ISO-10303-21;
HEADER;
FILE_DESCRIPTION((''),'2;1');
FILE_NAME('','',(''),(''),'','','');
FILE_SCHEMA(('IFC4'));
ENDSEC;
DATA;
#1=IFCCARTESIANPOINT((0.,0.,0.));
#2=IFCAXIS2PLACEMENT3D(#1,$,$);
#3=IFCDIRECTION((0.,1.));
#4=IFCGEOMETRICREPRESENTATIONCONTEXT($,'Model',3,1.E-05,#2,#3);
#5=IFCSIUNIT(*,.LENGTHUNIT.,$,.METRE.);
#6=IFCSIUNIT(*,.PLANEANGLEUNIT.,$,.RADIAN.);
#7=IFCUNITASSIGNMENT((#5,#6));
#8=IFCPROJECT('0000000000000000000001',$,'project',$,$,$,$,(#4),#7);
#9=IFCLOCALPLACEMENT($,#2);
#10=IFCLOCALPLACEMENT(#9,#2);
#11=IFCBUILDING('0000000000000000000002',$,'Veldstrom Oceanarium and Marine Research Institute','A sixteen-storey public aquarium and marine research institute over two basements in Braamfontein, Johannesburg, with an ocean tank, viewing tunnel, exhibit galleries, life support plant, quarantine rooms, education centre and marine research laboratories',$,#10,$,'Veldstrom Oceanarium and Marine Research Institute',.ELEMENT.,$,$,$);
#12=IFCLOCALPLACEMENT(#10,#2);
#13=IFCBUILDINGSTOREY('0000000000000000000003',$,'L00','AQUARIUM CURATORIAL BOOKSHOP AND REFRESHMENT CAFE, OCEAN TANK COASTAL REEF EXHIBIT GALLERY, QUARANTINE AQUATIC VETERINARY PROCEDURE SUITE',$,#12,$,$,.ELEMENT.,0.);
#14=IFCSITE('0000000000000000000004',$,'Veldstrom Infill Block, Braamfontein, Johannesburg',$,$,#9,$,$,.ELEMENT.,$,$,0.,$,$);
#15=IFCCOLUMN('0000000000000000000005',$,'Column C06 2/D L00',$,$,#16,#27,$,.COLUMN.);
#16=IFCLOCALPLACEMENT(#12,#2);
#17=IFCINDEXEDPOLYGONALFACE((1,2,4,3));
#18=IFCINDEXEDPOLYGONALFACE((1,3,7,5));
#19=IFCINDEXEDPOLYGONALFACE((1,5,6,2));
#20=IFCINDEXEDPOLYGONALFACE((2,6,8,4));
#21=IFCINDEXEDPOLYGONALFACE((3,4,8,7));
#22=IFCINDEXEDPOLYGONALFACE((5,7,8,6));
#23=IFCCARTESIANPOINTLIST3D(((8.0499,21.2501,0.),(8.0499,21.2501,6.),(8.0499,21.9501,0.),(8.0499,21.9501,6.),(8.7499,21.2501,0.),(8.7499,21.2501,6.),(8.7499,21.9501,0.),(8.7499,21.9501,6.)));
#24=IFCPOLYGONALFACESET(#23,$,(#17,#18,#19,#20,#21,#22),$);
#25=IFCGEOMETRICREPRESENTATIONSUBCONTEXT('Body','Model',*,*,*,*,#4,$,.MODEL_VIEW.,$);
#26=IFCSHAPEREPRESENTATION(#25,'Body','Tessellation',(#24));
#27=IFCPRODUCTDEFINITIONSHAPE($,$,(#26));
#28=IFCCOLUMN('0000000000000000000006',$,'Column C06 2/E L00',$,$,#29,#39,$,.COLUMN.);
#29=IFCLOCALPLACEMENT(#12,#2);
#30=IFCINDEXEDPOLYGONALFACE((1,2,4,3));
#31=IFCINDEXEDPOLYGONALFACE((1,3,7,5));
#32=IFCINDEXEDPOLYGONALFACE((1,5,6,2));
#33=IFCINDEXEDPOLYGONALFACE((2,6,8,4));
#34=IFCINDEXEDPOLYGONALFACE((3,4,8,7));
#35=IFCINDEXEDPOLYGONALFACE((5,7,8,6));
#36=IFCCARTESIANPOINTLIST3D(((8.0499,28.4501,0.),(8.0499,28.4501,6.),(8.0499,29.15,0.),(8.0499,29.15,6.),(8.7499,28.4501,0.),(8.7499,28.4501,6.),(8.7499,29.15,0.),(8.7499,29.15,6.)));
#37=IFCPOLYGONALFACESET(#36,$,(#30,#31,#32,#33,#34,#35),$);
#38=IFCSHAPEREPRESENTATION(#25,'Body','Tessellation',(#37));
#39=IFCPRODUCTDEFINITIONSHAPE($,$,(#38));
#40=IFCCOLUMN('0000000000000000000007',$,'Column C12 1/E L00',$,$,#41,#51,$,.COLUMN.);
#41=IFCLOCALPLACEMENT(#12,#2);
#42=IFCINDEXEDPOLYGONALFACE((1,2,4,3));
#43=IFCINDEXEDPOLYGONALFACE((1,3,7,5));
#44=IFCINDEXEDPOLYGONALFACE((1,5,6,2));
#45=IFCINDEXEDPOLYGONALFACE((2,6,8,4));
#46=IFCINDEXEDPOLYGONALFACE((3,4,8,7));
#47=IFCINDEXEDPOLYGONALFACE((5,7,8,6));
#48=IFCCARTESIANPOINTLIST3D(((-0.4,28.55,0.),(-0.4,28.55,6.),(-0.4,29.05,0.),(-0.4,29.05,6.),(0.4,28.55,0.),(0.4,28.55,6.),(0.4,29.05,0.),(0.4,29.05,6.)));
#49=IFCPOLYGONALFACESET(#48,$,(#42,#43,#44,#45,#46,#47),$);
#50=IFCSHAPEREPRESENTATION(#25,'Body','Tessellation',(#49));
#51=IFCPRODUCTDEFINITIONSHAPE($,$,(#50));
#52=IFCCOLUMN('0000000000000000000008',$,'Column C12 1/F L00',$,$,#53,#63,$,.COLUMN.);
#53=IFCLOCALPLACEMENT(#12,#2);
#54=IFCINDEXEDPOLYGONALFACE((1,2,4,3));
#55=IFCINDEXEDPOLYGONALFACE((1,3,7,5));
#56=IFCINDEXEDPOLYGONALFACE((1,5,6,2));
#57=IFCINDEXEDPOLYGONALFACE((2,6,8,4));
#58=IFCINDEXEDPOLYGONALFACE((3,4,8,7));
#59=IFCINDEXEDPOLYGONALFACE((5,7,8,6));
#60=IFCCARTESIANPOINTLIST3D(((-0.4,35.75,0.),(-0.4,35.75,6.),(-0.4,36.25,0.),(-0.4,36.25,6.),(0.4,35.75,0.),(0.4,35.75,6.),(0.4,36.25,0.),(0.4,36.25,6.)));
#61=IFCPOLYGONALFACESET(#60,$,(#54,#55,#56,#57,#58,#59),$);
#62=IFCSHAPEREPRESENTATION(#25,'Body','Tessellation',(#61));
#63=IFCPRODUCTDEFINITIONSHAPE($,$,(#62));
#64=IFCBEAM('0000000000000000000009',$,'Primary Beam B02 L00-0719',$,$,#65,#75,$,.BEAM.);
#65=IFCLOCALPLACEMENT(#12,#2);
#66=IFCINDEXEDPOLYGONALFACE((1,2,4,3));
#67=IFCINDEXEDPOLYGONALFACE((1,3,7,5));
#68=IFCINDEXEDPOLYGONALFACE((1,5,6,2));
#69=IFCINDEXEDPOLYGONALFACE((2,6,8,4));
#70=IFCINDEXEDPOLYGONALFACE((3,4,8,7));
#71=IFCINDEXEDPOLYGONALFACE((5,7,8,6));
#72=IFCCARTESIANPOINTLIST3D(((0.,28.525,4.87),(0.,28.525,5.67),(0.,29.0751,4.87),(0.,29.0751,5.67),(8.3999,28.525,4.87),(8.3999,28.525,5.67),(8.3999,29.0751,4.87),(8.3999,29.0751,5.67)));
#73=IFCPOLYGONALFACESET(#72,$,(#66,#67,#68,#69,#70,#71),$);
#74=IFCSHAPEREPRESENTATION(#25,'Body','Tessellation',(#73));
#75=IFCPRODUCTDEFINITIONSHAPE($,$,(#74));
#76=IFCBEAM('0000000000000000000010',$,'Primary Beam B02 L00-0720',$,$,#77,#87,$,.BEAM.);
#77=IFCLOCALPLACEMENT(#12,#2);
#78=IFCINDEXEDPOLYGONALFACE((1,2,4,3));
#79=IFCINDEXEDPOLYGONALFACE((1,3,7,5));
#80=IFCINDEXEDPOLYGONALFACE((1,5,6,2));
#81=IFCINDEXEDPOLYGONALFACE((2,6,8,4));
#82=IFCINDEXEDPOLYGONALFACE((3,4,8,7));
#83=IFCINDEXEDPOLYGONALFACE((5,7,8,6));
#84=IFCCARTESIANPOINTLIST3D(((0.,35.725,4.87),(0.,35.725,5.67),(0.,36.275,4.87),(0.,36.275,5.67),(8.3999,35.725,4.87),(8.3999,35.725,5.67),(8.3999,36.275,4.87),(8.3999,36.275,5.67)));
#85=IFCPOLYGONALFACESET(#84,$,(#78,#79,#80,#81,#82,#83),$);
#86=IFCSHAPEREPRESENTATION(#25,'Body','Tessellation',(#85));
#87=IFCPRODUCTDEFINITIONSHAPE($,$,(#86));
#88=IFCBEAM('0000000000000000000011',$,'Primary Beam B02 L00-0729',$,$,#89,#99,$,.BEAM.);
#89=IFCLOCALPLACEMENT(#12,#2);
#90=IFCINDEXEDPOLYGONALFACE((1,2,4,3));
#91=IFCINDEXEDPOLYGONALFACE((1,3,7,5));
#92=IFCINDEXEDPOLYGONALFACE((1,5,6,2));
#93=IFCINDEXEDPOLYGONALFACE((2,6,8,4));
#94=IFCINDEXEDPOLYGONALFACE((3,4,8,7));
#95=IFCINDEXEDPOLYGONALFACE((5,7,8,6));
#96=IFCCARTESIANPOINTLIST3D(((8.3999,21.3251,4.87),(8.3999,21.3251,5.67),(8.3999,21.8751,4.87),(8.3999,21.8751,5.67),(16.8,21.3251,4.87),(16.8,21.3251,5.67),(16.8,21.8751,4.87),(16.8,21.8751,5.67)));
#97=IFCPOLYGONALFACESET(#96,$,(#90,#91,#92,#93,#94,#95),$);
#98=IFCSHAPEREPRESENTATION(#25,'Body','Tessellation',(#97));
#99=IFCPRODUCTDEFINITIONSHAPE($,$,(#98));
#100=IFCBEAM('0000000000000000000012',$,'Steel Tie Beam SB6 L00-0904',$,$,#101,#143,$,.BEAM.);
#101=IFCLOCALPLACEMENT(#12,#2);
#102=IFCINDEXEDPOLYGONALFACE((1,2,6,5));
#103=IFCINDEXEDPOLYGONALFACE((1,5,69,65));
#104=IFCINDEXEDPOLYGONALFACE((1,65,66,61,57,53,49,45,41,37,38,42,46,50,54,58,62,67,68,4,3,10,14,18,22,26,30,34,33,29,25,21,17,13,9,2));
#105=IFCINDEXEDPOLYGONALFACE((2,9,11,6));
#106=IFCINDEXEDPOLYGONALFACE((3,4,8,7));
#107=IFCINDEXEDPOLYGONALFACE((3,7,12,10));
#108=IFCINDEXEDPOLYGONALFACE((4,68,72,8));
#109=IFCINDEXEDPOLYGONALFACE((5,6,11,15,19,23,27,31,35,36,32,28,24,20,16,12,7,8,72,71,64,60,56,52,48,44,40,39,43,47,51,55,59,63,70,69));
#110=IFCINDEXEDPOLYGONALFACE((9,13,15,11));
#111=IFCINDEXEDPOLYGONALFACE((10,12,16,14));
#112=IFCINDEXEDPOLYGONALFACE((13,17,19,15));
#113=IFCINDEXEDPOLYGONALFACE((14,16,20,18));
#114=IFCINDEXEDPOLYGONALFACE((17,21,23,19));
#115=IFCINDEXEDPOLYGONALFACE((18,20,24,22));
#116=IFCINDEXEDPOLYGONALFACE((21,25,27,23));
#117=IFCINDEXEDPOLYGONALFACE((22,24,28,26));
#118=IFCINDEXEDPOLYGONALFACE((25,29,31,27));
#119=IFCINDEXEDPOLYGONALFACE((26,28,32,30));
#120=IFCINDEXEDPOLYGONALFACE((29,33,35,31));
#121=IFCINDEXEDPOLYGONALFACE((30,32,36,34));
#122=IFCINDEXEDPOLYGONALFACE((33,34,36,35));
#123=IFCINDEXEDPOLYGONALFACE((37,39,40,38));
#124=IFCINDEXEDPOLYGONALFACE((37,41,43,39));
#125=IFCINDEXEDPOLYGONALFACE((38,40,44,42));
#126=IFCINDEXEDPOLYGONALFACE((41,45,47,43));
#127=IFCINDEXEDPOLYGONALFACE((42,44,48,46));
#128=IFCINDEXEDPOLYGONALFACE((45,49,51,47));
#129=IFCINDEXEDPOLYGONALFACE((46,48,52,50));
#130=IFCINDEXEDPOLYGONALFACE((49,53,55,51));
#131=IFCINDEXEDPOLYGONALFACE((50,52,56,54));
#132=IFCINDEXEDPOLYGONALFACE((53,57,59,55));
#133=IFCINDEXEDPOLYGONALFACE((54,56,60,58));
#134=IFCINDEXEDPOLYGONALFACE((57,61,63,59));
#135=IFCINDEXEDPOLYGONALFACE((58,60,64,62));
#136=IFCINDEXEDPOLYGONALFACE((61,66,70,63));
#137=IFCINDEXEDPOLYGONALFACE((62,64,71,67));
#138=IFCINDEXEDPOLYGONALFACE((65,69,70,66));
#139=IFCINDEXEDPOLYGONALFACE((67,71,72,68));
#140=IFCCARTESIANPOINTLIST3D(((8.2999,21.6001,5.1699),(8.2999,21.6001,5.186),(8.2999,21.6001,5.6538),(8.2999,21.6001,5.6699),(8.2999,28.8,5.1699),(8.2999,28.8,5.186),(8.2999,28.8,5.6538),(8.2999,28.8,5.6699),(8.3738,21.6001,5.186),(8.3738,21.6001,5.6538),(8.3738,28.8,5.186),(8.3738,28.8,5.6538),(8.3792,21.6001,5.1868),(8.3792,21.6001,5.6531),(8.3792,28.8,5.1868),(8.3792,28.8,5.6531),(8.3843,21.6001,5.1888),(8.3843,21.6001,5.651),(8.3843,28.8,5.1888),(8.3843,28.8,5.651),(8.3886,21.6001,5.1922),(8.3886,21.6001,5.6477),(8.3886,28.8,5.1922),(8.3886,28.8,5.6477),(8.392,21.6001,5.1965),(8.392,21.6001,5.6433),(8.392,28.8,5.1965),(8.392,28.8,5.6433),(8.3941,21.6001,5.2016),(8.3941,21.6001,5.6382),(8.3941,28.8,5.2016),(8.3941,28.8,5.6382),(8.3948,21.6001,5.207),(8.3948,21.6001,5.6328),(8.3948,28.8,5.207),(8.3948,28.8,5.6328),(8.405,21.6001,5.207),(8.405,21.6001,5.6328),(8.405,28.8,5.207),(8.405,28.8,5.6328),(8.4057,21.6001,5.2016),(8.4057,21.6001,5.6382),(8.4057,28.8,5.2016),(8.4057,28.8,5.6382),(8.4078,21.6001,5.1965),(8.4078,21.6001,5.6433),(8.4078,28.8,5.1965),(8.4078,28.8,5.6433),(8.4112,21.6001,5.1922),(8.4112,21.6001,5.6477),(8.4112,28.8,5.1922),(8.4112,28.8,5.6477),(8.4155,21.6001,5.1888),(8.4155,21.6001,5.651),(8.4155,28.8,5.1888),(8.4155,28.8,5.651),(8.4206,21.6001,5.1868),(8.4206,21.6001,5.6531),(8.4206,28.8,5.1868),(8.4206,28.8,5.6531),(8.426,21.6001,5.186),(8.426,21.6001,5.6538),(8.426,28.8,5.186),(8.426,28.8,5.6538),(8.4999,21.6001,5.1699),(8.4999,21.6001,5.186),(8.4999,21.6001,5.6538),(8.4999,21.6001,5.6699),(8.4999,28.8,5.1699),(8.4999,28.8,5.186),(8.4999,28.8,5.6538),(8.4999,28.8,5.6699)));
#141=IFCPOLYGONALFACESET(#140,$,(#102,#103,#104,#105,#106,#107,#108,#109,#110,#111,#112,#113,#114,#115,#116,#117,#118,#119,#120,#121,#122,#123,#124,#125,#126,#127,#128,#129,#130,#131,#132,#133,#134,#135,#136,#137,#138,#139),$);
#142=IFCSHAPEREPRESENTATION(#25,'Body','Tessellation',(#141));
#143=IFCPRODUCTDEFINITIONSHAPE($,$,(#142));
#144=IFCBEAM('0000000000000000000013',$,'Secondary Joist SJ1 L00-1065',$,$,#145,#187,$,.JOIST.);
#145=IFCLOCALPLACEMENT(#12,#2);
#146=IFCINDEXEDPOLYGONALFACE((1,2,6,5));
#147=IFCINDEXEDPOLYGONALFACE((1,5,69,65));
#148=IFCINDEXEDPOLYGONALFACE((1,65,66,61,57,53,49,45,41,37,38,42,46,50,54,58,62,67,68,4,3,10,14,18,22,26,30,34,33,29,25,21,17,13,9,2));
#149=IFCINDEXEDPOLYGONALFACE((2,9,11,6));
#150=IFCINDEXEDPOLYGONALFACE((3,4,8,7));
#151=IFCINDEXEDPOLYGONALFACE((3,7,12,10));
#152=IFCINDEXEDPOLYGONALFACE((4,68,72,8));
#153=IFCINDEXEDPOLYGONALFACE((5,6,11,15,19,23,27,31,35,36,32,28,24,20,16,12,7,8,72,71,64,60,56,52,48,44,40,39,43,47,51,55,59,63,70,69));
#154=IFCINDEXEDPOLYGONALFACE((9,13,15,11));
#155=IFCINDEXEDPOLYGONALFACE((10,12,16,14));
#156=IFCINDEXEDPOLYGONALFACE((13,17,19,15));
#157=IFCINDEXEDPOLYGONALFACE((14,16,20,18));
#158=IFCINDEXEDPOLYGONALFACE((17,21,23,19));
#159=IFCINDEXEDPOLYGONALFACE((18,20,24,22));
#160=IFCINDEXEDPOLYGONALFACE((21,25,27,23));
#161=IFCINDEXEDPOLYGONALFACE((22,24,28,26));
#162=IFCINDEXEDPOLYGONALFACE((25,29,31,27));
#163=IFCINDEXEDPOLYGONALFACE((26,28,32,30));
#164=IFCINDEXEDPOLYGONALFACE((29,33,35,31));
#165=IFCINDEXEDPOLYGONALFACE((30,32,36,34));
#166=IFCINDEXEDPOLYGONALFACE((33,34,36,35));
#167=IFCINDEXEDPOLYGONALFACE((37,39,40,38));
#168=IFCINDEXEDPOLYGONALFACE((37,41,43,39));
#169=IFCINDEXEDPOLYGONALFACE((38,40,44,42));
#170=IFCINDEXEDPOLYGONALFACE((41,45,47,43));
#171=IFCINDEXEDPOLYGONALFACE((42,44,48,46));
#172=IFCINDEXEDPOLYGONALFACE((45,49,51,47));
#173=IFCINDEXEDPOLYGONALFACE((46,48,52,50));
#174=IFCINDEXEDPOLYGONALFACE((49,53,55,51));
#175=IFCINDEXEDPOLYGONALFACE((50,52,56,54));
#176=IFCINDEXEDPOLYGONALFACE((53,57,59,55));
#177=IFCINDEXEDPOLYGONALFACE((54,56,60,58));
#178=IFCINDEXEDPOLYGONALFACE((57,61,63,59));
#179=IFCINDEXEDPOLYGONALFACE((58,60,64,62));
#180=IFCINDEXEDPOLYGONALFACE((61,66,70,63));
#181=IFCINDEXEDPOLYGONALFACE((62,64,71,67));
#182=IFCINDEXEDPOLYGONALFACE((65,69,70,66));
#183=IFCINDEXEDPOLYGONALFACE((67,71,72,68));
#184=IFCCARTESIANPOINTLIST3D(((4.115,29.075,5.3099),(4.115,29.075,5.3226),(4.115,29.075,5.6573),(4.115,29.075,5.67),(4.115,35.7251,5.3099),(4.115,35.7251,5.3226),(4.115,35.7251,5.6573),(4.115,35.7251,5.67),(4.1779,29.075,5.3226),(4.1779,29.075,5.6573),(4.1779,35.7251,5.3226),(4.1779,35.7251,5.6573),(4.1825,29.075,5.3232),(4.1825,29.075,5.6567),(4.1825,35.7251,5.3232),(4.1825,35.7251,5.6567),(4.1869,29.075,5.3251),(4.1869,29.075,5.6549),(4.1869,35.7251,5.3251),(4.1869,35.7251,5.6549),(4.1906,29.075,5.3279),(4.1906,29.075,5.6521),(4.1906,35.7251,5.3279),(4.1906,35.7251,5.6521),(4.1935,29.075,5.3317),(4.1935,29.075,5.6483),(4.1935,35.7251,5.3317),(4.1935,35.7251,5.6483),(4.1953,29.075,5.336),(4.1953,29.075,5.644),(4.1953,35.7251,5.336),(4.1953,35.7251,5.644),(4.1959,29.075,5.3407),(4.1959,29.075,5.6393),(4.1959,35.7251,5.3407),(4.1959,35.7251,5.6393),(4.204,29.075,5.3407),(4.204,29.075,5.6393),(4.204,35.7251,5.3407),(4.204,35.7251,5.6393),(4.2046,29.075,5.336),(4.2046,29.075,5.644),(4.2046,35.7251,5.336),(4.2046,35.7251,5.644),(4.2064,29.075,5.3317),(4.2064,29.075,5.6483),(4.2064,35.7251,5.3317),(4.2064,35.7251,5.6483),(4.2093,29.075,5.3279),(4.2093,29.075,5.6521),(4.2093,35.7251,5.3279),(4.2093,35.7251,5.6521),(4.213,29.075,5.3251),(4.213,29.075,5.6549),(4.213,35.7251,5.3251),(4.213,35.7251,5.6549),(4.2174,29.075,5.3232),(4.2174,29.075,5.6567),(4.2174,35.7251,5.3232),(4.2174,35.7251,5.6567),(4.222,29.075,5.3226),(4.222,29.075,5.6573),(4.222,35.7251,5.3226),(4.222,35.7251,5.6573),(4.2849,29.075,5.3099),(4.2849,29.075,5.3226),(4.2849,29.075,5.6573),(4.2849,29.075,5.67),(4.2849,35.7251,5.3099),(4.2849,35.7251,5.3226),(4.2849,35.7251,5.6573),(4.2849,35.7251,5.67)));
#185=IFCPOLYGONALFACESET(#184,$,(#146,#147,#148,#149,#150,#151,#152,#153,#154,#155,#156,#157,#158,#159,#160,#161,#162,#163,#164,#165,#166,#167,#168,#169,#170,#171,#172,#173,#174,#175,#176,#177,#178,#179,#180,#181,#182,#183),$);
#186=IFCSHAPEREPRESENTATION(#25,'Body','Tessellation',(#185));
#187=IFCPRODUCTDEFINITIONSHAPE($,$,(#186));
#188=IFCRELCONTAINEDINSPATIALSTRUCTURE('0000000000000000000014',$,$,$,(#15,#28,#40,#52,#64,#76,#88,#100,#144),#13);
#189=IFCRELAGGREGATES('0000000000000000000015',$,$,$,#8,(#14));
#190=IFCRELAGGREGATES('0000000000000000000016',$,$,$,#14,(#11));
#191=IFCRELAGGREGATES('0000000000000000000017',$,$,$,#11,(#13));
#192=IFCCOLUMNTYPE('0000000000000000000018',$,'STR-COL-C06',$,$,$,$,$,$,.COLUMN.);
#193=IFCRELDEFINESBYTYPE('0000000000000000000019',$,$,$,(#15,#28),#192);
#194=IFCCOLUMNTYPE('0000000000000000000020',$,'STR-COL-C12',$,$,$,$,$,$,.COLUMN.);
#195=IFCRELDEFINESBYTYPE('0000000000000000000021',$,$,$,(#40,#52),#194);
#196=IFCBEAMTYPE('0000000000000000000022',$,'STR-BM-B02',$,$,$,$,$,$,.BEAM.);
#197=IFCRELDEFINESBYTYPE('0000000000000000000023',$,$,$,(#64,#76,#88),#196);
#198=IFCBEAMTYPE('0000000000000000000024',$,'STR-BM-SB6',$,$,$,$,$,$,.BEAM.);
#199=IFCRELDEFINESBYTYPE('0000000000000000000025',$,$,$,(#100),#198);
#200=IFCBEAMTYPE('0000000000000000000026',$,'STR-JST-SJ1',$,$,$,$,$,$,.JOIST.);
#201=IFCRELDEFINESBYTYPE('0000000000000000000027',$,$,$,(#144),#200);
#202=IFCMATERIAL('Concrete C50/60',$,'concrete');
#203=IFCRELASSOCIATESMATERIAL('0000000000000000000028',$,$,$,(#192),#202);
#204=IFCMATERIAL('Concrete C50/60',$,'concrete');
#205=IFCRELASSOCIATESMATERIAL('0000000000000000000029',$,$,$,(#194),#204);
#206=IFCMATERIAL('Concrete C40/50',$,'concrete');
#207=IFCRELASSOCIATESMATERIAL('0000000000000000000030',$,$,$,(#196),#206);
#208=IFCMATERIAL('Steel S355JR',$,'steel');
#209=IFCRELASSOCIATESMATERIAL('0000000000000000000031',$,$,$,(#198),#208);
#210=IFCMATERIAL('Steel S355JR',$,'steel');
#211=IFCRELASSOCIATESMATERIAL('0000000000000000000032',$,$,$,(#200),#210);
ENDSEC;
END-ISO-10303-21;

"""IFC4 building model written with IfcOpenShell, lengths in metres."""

from ifc_helpers import new_model, si_unit, direction, frame, origin, origin_2d, place, context, subcontext, project, spatial, rectangle, i_section, extrude, material, material_profile, profile_set, type_object, element, save


model = new_model("IFC4")

# Units and contexts
model_context = context("Model", 3, precision=1e-05, world=origin(), true_north=direction((0.0, 1.0)))
body_context = subcontext(model_context, "Body", "Model", "MODEL_VIEW")
ifc_project = project(units=[si_unit("LENGTHUNIT", "METRE"), si_unit("PLANEANGLEUNIT", "RADIAN")], contexts=[model_context])

# Site, building, storey
site_placement = place(None, origin())
site = spatial("IfcSite", under=ifc_project, at=site_placement, Name="Veldstrom Infill Block, Braamfontein, Johannesburg", CompositionType="ELEMENT", RefElevation=0.0)
building_placement = place(site_placement, origin())
building = spatial("IfcBuilding", under=site, at=building_placement, Name="Veldstrom Oceanarium and Marine Research Institute", Description="A sixteen-storey public aquarium and marine research institute over two basements in Braamfontein, Johannesburg, with an ocean tank, viewing tunnel, exhibit galleries, life support plant, quarantine rooms, education centre and marine research laboratories", LongName="Veldstrom Oceanarium and Marine Research Institute", CompositionType="ELEMENT")
storey_placement = place(building_placement, origin())
storey = spatial("IfcBuildingStorey", under=building, at=storey_placement, Name="L00", Description="AQUARIUM CURATORIAL BOOKSHOP AND REFRESHMENT CAFE, OCEAN TANK COASTAL REEF EXHIBIT GALLERY, QUARANTINE AQUATIC VETERINARY PROCEDURE SUITE", CompositionType="ELEMENT", Elevation=0.0)

# Columns
ifc_material_1 = material(Name="Concrete C50/60", Category="concrete")
ifc_material_profile_1 = material_profile(ifc_material_1, rectangle(XDim=0.7, YDim=0.7, at=origin_2d()), Name="RC-COL-700x700")
ifc_profile_set_1 = profile_set([ifc_material_profile_1], Name="Concrete C50/60")
column_type_1 = type_object("IfcColumnType", Name="STR-COL-C06", PredefinedType="COLUMN", material=ifc_profile_set_1)
for number, where, z_axis, x_axis, name in (
    (1, (8.3999, 21.6001, 0.0), (0.0, 0.0, 1.0), (1.0, 0.0, 0.0), "Column C06 2/D L00"),
    (2, (8.3999, 28.8, 0.0), (0.0, 0.0, 1.0), (1.0, 0.0, 0.0), "Column C06 2/E L00"),
):
    element("IfcColumn", number, at=place(storey_placement, frame(where, z_axis=z_axis, x_axis=x_axis)), inside=storey, type_object=column_type_1, Name=name, PredefinedType="COLUMN", context=body_context, shape_type="SweptSolid", body=[
        extrude(rectangle(XDim=0.7, YDim=0.7, at=origin_2d()), origin(), (0.0, 0.0, 1.0), 6.0),
    ])
ifc_material_2 = material(Name="Concrete C50/60", Category="concrete")
ifc_material_profile_2 = material_profile(ifc_material_2, rectangle(XDim=0.5, YDim=0.8, at=origin_2d()), Name="RC-COL-800x500")
ifc_profile_set_2 = profile_set([ifc_material_profile_2], Name="Concrete C50/60")
column_type_2 = type_object("IfcColumnType", Name="STR-COL-C12", PredefinedType="COLUMN", material=ifc_profile_set_2)
for number, where, z_axis, x_axis, name in (
    (3, (0.0, 28.8, 0.0), (0.0, 0.0, 1.0), (0.0, 1.0, 0.0), "Column C12 1/E L00"),
    (4, (0.0, 36.0, 0.0), (0.0, 0.0, 1.0), (0.0, 1.0, 0.0), "Column C12 1/F L00"),
):
    element("IfcColumn", number, at=place(storey_placement, frame(where, z_axis=z_axis, x_axis=x_axis)), inside=storey, type_object=column_type_2, Name=name, PredefinedType="COLUMN", context=body_context, shape_type="SweptSolid", body=[
        extrude(rectangle(XDim=0.5, YDim=0.8, at=origin_2d()), origin(), (0.0, 0.0, 1.0), 6.0),
    ])

# Beams
ifc_material_3 = material(Name="Concrete C40/50", Category="concrete")
ifc_material_profile_3 = material_profile(ifc_material_3, rectangle(XDim=0.55, YDim=0.8, at=origin_2d()), Name="RC-BM-550x800")
ifc_profile_set_3 = profile_set([ifc_material_profile_3], Name="Concrete C40/50")
beam_type_1 = type_object("IfcBeamType", Name="STR-BM-B02", PredefinedType="BEAM", material=ifc_profile_set_3)
for number, where, z_axis, x_axis, name in (
    (5, (0.0, 28.8, 5.27), (1.0, 0.0, 0.0), (0.0, 1.0, 0.0), "Primary Beam B02 L00-0719"),
    (6, (0.0, 36.0, 5.27), (1.0, 0.0, 0.0), (0.0, 1.0, 0.0), "Primary Beam B02 L00-0720"),
):
    element("IfcBeam", number, at=place(storey_placement, frame(where, z_axis=z_axis, x_axis=x_axis)), inside=storey, type_object=beam_type_1, Name=name, PredefinedType="BEAM", context=body_context, shape_type="SweptSolid", body=[
        extrude(rectangle(XDim=0.55, YDim=0.8, at=origin_2d()), origin(), (0.0, 0.0, 1.0), 8.3999),
    ])
beam_1_placement = place(storey_placement, frame((8.3999, 21.6001, 5.27), z_axis=(1.0, 0.0, 0.0), x_axis=(0.0, 1.0, 0.0)))
element("IfcBeam", 7, at=beam_1_placement, inside=storey, type_object=beam_type_1, Name="Primary Beam B02 L00-0729", PredefinedType="BEAM", context=body_context, shape_type="SweptSolid", body=[
    extrude(rectangle(XDim=0.55, YDim=0.8, at=origin_2d()), origin(), (0.0, 0.0, 1.0), 8.4001),
])
ifc_material_4 = material(Name="Steel S355JR", Category="steel")
ifc_material_profile_4 = material_profile(ifc_material_4, i_section(OverallWidth=0.2, OverallDepth=0.5, WebThickness=0.0103, FlangeThickness=0.0161, FilletRadius=0.021, at=origin_2d()), Name="IPE 500")
ifc_profile_set_4 = profile_set([ifc_material_profile_4], Name="Steel S355JR")
beam_type_2 = type_object("IfcBeamType", Name="STR-BM-SB6", PredefinedType="BEAM", material=ifc_profile_set_4)
beam_2_placement = place(storey_placement, frame((8.3999, 21.6001, 5.4199), z_axis=(0.0, 1.0, 0.0), x_axis=(-1.0, 0.0, 0.0)))
element("IfcBeam", 8, at=beam_2_placement, inside=storey, type_object=beam_type_2, Name="Steel Tie Beam SB6 L00-0904", PredefinedType="BEAM", context=body_context, shape_type="SweptSolid", body=[
    extrude(i_section(OverallWidth=0.2, OverallDepth=0.5, WebThickness=0.0103, FlangeThickness=0.0161, FilletRadius=0.021, at=origin_2d()), origin(), (0.0, 0.0, 1.0), 7.2),
])
ifc_material_5 = material(Name="Steel S355JR", Category="steel")
ifc_material_profile_5 = material_profile(ifc_material_5, i_section(OverallWidth=0.1699, OverallDepth=0.3601, WebThickness=0.0081, FlangeThickness=0.0127, FilletRadius=0.0181, at=origin_2d()), Name="IPE 360")
ifc_profile_set_5 = profile_set([ifc_material_profile_5], Name="Steel S355JR")
beam_type_3 = type_object("IfcBeamType", Name="STR-JST-SJ1", PredefinedType="JOIST", material=ifc_profile_set_5)
beam_3_placement = place(storey_placement, frame((4.2, 29.075, 5.49), z_axis=(0.0, 1.0, 0.0), x_axis=(-1.0, 0.0, 0.0)))
element("IfcBeam", 9, at=beam_3_placement, inside=storey, type_object=beam_type_3, Name="Secondary Joist SJ1 L00-1065", PredefinedType="JOIST", context=body_context, shape_type="SweptSolid", body=[
    extrude(i_section(OverallWidth=0.1699, OverallDepth=0.3601, WebThickness=0.0081, FlangeThickness=0.0127, FilletRadius=0.0181, at=origin_2d()), origin(), (0.0, 0.0, 1.0), 6.6501),
])

save(model, "model.ifc")
